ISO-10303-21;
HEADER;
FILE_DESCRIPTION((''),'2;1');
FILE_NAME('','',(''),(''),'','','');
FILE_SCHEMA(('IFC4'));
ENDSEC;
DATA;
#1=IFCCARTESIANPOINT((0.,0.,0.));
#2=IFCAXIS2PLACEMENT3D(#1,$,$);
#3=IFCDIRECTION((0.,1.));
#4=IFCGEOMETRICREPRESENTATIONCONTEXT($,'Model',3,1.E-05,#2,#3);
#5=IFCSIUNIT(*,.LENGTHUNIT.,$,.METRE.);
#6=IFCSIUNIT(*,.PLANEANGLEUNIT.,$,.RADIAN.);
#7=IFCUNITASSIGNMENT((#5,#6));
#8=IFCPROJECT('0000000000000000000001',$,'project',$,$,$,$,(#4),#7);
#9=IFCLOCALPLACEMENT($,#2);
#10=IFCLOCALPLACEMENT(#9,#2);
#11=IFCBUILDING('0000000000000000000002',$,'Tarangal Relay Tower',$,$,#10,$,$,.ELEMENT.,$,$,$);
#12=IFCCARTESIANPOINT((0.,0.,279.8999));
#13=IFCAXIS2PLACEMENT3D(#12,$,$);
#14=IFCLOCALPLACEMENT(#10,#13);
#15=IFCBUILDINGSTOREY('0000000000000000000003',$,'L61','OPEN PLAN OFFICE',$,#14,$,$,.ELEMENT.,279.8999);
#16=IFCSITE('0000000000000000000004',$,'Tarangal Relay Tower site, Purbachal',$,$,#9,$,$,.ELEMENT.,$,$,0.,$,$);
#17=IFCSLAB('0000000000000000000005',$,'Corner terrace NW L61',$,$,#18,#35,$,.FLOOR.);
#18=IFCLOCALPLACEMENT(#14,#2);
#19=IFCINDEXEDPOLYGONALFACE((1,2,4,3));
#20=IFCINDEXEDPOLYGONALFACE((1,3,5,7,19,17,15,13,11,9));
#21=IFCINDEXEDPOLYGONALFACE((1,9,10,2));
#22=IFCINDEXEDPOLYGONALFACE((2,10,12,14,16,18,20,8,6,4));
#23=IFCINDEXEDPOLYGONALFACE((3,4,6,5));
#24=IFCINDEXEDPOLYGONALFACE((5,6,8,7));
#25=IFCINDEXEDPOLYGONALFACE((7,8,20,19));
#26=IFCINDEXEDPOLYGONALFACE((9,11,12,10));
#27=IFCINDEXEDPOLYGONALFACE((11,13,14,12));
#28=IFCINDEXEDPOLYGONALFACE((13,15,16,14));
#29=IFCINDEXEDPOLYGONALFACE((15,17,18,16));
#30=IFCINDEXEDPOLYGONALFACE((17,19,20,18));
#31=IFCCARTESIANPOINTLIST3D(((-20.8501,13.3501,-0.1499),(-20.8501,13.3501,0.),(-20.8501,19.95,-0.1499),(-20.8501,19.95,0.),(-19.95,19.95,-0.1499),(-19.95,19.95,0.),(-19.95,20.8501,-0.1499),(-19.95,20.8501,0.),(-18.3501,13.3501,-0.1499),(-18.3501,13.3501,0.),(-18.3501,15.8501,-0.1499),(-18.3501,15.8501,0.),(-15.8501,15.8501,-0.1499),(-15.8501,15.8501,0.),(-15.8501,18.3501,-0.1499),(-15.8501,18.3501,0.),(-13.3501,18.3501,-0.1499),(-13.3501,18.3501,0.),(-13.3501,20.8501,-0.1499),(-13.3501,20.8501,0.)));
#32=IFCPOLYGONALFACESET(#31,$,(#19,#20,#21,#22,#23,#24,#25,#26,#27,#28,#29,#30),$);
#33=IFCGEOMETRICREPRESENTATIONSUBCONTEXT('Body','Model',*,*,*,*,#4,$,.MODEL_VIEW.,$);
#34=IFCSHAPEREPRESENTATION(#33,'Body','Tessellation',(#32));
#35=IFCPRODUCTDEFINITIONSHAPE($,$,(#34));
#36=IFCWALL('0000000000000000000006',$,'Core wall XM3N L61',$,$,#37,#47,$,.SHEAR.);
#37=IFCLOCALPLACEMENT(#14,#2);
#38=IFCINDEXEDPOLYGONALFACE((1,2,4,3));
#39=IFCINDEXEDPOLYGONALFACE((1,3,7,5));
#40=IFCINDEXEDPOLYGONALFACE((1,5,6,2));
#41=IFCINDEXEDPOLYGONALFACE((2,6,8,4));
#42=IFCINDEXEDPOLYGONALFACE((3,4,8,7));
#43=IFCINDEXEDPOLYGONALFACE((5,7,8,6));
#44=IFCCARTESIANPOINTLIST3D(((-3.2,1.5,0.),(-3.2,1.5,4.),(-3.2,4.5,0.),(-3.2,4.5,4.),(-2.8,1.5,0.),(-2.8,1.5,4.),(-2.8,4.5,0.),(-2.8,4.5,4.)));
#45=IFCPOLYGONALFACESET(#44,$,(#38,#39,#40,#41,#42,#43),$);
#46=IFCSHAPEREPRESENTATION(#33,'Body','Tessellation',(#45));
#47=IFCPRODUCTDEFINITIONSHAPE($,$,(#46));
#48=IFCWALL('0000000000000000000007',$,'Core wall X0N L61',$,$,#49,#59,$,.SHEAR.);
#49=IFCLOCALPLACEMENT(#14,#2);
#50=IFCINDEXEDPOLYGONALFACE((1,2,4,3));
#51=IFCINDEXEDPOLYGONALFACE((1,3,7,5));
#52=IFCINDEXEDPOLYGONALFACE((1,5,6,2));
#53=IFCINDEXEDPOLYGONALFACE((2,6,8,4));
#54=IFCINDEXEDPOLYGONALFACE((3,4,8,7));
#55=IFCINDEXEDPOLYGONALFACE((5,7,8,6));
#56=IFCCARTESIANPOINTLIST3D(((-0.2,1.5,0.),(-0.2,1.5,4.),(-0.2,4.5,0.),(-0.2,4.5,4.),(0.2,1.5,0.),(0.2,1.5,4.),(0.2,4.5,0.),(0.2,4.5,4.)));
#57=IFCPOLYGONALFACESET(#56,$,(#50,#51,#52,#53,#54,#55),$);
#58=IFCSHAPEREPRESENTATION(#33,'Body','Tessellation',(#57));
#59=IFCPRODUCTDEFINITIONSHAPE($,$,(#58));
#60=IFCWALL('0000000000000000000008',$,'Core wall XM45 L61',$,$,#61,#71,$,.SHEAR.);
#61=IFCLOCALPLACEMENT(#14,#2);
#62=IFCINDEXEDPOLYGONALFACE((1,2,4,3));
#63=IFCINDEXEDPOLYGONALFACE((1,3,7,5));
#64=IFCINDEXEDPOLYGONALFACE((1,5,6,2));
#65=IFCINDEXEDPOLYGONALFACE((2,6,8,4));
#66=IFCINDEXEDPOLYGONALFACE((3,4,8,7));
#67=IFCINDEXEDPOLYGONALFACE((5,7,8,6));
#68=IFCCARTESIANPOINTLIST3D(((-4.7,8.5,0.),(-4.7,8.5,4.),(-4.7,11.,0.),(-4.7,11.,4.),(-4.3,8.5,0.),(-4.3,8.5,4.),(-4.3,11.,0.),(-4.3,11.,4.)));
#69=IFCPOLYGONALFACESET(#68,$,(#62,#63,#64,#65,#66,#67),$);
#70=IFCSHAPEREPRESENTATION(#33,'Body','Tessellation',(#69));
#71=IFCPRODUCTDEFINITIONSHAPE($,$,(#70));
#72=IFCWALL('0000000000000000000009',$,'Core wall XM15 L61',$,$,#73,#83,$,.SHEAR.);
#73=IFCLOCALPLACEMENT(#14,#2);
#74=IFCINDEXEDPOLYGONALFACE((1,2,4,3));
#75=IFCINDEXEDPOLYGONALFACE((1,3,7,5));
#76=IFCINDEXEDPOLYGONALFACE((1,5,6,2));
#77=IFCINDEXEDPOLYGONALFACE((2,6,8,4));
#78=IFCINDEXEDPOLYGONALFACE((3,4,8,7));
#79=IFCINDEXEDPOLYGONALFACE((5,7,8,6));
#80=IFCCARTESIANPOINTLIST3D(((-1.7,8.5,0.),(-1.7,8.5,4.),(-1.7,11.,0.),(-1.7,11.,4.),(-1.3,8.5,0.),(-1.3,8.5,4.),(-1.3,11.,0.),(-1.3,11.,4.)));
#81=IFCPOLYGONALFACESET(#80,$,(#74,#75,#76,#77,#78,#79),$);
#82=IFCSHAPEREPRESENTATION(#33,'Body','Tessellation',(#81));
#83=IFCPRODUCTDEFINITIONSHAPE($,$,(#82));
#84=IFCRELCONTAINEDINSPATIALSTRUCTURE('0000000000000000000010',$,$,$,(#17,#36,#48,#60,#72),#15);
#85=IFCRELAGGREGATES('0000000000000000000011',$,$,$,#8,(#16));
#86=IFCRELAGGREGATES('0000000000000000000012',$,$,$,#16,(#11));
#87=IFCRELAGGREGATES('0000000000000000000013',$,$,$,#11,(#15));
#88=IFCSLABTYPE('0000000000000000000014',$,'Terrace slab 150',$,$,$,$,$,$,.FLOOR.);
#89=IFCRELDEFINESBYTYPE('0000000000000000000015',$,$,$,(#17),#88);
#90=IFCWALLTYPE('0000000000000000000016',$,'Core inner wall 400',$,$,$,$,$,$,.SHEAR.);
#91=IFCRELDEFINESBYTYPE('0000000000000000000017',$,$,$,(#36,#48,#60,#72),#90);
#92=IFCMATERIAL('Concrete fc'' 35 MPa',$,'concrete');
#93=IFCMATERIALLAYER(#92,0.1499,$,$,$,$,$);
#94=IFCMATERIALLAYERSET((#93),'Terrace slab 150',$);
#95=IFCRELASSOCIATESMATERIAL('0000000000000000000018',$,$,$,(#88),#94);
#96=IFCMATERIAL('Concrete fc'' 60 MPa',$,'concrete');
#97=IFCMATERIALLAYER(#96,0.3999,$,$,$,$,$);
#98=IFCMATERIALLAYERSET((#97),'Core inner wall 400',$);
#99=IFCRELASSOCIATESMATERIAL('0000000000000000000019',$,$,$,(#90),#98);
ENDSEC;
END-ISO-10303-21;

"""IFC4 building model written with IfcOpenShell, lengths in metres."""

from ifc_helpers import new_model, si_unit, direction, frame, frame_2d, origin, place, context, subcontext, project, spatial, polyline, rectangle, outline, extrude, material, layer, layer_set, type_object, element, save


model = new_model("IFC4")

# Units and contexts
model_context = context("Model", 3, precision=1e-05, world=origin(), true_north=direction((0.0, 1.0)))
body_context = subcontext(model_context, "Body", "Model", "MODEL_VIEW")
ifc_project = project(units=[si_unit("LENGTHUNIT", "METRE"), si_unit("PLANEANGLEUNIT", "RADIAN")], contexts=[model_context])

# Site, building, storey
site_placement = place(None, origin())
site = spatial("IfcSite", under=ifc_project, at=site_placement, Name="Tarangal Relay Tower site, Purbachal", CompositionType="ELEMENT", RefElevation=0.0)
building_placement = place(site_placement, origin())
building = spatial("IfcBuilding", under=site, at=building_placement, Name="Tarangal Relay Tower", CompositionType="ELEMENT")
storey_placement = place(building_placement, frame((0.0, 0.0, 279.8999)))
storey = spatial("IfcBuildingStorey", under=building, at=storey_placement, Name="L61", Description="OPEN PLAN OFFICE", CompositionType="ELEMENT", Elevation=279.8999)

# Slab
ifc_material_1 = material(Name="Concrete fc' 35 MPa", Category="concrete")
ifc_layer_1 = layer(ifc_material_1, 0.1499)
ifc_layer_set_1 = layer_set([ifc_layer_1], Name="Terrace slab 150")
slab_type_1 = type_object("IfcSlabType", Name="Terrace slab 150", PredefinedType="FLOOR", material=ifc_layer_set_1)
slab_1_placement = place(storey_placement, frame((0.0, 0.0, -0.1499)))
element("IfcSlab", 1, at=slab_1_placement, inside=storey, type_object=slab_type_1, Name="Corner terrace NW L61", PredefinedType="FLOOR", context=body_context, shape_type="SweptSolid", body=[
    extrude(outline(polyline([(-20.8501, 13.3501), (-18.3501, 13.3501), (-18.3501, 15.8501), (-15.8501, 15.8501), (-15.8501, 18.3501), (-13.3501, 18.3501), (-13.3501, 20.8501), (-19.95, 20.8501), (-19.95, 19.95), (-20.8501, 19.95), (-20.8501, 13.3501)])), origin(), (0.0, 0.0, 1.0), 0.1499),
])

# Walls
ifc_material_2 = material(Name="Concrete fc' 60 MPa", Category="concrete")
ifc_layer_2 = layer(ifc_material_2, 0.3999)
ifc_layer_set_2 = layer_set([ifc_layer_2], Name="Core inner wall 400")
wall_type = type_object("IfcWallType", Name="Core inner wall 400", PredefinedType="SHEAR", material=ifc_layer_set_2)
for number, where, z_axis, x_axis, name in (
    (2, (-3.0, 1.5, 0.0), (0.0, 0.0, 1.0), (0.0, 1.0, 0.0), "Core wall XM3N L61"),
    (3, (0.0, 1.5, 0.0), (0.0, 0.0, 1.0), (0.0, 1.0, 0.0), "Core wall X0N L61"),
):
    element("IfcWall", number, at=place(storey_placement, frame(where, z_axis=z_axis, x_axis=x_axis)), inside=storey, type_object=wall_type, Name=name, PredefinedType="SHEAR", context=body_context, shape_type="SweptSolid", body=[
        extrude(rectangle(XDim=3.0, YDim=0.3999, at=frame_2d((1.5, 0.0))), origin(), (0.0, 0.0, 1.0), 4.0),
    ])
for number, where, z_axis, x_axis, name in (
    (4, (-4.5, 8.5, 0.0), (0.0, 0.0, 1.0), (0.0, 1.0, 0.0), "Core wall XM45 L61"),
    (5, (-1.5, 8.5, 0.0), (0.0, 0.0, 1.0), (0.0, 1.0, 0.0), "Core wall XM15 L61"),
):
    element("IfcWall", number, at=place(storey_placement, frame(where, z_axis=z_axis, x_axis=x_axis)), inside=storey, type_object=wall_type, Name=name, PredefinedType="SHEAR", context=body_context, shape_type="SweptSolid", body=[
        extrude(rectangle(XDim=2.5, YDim=0.3999, at=frame_2d((1.25, 0.0))), origin(), (0.0, 0.0, 1.0), 4.0),
    ])

save(model, "model.ifc")
